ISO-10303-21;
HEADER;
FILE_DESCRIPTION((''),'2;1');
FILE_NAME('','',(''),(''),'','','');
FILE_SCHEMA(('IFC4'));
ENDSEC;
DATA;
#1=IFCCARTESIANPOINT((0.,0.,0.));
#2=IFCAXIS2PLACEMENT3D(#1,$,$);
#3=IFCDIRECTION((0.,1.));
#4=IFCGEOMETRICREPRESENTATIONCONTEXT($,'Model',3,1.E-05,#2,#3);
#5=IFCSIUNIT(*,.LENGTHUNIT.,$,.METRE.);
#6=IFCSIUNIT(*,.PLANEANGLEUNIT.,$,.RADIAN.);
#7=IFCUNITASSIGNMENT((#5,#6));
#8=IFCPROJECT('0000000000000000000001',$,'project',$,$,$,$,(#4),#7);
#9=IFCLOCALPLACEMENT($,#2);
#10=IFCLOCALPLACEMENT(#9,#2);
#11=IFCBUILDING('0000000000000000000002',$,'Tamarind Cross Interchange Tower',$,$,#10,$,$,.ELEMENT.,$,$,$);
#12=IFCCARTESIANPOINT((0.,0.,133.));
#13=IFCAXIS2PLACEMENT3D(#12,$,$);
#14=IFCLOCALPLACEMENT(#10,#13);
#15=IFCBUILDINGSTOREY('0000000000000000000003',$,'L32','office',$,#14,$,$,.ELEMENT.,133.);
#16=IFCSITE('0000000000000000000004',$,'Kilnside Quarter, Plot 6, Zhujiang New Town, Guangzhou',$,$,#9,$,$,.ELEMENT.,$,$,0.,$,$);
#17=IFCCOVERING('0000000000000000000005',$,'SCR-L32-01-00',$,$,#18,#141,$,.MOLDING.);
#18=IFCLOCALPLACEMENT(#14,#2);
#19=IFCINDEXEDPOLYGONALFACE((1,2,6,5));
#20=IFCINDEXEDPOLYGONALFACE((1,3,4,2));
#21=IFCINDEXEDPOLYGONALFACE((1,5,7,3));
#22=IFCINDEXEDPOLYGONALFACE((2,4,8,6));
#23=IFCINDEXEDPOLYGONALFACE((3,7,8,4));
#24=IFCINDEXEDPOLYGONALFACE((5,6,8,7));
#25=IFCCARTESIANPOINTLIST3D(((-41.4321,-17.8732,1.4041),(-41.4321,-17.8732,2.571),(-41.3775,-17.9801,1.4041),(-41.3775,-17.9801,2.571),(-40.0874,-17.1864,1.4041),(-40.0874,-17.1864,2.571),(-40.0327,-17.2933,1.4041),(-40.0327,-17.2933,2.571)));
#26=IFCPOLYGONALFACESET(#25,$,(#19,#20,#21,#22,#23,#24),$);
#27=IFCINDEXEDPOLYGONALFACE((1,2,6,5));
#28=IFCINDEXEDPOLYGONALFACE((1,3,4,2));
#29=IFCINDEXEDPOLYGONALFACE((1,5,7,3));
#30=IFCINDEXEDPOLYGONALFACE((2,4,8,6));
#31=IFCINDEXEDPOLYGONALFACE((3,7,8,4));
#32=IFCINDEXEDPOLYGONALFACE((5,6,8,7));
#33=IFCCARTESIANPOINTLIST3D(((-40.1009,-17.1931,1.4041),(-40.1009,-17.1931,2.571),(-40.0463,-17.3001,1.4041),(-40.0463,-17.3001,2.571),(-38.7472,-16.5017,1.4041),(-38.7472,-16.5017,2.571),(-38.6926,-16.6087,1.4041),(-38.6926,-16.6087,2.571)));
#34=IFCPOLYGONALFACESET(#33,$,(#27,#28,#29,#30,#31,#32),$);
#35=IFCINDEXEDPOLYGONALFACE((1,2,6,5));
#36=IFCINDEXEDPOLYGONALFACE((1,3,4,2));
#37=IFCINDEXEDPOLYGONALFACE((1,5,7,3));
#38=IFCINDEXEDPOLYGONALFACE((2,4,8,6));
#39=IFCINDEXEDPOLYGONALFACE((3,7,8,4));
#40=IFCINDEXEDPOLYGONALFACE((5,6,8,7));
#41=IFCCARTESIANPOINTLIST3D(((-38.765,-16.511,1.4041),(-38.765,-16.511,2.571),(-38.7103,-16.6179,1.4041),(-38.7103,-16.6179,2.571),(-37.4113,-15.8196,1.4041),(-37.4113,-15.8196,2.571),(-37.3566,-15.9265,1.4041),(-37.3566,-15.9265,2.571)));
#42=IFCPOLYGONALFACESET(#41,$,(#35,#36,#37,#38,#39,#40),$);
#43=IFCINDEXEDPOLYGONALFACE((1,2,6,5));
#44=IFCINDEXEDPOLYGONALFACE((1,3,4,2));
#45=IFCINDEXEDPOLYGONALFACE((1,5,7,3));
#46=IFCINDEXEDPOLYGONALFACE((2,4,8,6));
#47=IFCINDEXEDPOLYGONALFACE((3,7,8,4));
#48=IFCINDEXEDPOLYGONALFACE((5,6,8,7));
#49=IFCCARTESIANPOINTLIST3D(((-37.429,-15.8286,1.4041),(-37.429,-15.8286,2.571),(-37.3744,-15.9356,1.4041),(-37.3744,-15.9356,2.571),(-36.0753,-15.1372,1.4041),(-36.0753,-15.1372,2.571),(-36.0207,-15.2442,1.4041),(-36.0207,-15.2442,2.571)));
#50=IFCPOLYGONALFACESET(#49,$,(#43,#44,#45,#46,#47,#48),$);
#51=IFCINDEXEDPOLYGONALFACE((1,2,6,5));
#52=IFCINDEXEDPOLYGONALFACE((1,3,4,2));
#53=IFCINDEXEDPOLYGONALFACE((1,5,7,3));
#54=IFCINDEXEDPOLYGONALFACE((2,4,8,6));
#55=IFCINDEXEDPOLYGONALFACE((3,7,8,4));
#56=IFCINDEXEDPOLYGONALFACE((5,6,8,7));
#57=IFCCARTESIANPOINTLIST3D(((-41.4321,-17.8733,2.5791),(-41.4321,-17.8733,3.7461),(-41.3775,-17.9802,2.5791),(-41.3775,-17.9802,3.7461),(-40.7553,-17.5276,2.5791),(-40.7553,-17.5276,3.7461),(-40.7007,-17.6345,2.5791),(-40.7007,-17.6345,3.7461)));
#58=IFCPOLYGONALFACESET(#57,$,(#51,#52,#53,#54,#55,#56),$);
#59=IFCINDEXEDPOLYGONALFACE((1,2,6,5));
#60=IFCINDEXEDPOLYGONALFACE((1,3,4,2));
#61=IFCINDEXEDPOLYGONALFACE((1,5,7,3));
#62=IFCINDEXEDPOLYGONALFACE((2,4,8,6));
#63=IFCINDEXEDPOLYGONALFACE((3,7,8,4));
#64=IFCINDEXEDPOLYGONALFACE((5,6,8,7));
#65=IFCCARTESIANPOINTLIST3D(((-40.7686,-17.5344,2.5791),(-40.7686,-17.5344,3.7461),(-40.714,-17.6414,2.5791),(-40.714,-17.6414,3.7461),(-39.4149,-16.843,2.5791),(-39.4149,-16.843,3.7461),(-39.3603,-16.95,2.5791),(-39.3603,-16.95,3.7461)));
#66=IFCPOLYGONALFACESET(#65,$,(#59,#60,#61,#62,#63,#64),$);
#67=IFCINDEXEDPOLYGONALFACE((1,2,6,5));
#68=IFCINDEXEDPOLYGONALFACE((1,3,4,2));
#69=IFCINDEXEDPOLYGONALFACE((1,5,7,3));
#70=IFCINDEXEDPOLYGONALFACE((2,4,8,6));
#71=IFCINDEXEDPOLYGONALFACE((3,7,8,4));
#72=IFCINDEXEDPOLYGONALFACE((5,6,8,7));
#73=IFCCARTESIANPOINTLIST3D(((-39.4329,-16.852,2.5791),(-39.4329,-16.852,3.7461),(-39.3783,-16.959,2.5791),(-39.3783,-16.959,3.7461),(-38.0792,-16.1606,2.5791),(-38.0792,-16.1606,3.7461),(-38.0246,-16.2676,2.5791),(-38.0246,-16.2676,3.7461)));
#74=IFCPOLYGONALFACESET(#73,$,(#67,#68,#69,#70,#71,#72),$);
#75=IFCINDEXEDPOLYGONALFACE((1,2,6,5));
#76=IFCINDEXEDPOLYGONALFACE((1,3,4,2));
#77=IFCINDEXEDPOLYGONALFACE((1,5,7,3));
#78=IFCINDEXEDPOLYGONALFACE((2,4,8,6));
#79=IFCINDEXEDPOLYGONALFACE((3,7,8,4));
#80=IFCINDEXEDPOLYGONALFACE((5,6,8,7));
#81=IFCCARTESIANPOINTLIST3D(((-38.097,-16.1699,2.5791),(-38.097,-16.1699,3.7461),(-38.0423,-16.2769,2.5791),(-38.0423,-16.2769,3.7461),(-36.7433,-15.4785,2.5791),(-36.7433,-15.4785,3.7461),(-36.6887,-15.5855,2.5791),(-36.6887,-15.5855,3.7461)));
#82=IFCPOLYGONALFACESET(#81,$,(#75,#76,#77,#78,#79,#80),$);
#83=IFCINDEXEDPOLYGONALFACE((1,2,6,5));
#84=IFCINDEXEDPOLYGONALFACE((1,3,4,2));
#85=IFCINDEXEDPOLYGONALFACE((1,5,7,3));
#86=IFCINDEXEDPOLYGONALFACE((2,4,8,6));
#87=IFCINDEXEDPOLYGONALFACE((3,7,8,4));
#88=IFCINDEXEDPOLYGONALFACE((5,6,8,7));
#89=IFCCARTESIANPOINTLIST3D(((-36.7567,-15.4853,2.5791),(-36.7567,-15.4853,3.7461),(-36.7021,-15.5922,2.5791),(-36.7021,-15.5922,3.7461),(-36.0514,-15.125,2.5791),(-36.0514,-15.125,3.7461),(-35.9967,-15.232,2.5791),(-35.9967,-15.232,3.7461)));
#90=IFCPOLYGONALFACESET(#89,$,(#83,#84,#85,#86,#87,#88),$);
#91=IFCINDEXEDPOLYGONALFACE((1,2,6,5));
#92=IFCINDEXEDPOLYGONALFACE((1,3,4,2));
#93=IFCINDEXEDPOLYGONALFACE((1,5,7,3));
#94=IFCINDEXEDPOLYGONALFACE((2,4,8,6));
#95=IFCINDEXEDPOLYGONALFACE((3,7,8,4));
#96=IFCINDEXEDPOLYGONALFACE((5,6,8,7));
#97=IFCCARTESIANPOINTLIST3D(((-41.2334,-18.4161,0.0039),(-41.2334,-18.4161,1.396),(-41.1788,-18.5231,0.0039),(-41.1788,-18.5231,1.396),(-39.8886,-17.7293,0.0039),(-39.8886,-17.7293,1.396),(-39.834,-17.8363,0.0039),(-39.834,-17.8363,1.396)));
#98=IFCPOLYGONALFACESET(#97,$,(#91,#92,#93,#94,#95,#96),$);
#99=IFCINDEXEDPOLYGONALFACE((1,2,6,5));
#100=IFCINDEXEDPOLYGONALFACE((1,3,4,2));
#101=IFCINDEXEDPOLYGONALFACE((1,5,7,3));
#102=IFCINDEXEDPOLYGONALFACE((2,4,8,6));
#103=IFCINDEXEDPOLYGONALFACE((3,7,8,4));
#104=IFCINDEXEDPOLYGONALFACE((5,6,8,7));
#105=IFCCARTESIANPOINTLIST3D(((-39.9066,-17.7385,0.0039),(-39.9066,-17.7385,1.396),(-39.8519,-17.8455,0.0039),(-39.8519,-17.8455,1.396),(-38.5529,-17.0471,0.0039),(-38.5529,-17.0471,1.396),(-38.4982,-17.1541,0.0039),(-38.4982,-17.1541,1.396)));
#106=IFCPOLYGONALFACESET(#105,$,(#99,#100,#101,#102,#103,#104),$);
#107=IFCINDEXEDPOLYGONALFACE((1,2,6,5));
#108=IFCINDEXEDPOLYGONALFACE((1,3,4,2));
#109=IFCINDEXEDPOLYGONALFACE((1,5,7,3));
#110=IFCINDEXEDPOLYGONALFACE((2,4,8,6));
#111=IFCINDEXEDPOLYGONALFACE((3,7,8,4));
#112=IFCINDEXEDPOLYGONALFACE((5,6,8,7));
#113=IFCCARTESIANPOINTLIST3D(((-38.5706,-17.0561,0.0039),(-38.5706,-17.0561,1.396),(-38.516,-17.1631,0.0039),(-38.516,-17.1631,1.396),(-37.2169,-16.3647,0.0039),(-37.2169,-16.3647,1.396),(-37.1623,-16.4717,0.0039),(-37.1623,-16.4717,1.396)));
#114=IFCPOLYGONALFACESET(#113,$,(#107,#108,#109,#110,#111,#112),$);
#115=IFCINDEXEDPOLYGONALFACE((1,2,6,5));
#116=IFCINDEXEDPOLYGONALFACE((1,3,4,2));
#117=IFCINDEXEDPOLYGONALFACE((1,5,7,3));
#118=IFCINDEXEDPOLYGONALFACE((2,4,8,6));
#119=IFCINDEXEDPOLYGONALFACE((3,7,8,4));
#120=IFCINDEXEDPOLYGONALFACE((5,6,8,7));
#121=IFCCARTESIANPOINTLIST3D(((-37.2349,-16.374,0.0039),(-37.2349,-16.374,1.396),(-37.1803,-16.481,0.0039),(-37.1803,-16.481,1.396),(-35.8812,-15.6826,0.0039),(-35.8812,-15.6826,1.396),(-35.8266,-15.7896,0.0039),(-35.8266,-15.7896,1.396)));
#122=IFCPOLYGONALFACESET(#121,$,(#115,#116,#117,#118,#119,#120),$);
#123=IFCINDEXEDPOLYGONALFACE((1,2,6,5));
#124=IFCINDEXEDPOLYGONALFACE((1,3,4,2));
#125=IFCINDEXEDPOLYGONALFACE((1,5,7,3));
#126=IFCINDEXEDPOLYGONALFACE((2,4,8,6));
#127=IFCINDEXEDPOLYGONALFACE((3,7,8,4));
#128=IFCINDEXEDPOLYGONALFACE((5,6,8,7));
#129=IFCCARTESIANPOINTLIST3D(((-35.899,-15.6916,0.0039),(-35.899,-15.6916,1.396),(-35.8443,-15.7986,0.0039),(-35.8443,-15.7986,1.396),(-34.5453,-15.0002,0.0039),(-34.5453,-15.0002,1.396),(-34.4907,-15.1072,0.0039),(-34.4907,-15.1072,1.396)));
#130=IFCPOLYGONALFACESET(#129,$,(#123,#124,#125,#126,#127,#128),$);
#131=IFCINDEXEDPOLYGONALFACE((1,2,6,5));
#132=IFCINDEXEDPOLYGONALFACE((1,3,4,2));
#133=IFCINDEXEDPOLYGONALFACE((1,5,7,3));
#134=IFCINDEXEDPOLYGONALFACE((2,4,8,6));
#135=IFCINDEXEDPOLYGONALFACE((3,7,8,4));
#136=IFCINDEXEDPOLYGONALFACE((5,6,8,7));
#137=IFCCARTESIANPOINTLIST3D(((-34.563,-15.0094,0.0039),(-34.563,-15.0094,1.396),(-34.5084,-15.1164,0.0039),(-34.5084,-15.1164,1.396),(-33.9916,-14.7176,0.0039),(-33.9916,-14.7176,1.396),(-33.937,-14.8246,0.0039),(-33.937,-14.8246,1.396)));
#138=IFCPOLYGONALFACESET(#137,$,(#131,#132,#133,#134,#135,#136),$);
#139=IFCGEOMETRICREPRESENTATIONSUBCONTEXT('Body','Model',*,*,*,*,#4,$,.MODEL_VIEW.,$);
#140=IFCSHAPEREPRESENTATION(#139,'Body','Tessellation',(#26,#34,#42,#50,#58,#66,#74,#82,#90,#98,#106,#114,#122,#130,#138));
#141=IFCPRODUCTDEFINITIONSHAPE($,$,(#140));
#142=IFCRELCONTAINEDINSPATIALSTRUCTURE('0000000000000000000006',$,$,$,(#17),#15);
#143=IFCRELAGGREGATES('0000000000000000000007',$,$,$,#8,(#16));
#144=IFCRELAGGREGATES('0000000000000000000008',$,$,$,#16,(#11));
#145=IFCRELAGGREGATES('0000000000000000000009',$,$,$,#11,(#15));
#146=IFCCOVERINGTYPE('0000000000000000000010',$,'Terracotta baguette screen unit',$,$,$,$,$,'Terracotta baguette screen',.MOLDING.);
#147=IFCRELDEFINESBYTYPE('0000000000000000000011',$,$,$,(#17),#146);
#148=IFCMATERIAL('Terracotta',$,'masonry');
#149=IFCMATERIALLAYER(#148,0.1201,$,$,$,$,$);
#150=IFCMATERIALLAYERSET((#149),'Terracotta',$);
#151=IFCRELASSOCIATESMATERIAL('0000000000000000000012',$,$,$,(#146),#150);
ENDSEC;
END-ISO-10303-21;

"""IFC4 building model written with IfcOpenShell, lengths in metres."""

from ifc_helpers import new_model, si_unit, direction, frame, origin, origin_2d, place, context, subcontext, project, spatial, rectangle, extrude, material, layer, layer_set, type_object, element, save


model = new_model("IFC4")

# Units and contexts
model_context = context("Model", 3, precision=1e-05, world=origin(), true_north=direction((0.0, 1.0)))
body_context = subcontext(model_context, "Body", "Model", "MODEL_VIEW")
ifc_project = project(units=[si_unit("LENGTHUNIT", "METRE"), si_unit("PLANEANGLEUNIT", "RADIAN")], contexts=[model_context])

# Site, building, storey
site_placement = place(None, origin())
site = spatial("IfcSite", under=ifc_project, at=site_placement, Name="Kilnside Quarter, Plot 6, Zhujiang New Town, Guangzhou", CompositionType="ELEMENT", RefElevation=0.0)
building_placement = place(site_placement, origin())
building = spatial("IfcBuilding", under=site, at=building_placement, Name="Tamarind Cross Interchange Tower", CompositionType="ELEMENT")
storey_placement = place(building_placement, frame((0.0, 0.0, 133.0)))
storey = spatial("IfcBuildingStorey", under=building, at=storey_placement, Name="L32", Description="office", CompositionType="ELEMENT", Elevation=133.0)

# Covering
ifc_material_1 = material(Name="Terracotta", Category="masonry")
ifc_layer_1 = layer(ifc_material_1, 0.1201)
ifc_layer_set_1 = layer_set([ifc_layer_1], Name="Terracotta")
covering_type = type_object("IfcCoveringType", Name="Terracotta baguette screen unit", ElementType="Terracotta baguette screen", PredefinedType="MOLDING", material=ifc_layer_set_1)
covering_1_placement = place(storey_placement, origin())
element("IfcCovering", 1, at=covering_1_placement, inside=storey, type_object=covering_type, Name="SCR-L32-01-00", PredefinedType="MOLDING", context=body_context, shape_type="SweptSolid", body=[
    extrude(rectangle(XDim=1.51, YDim=0.1201, at=origin_2d()), frame((-40.7324, -17.5833, 1.4041), z_axis=(0.0, 0.0, 1.0), x_axis=(0.89057, 0.454847, 0.0)), (0.0, 0.0, 1.0), 1.167),
    extrude(rectangle(XDim=1.52, YDim=0.1201, at=origin_2d()), frame((-39.3967, -16.9009, 1.4041), z_axis=(0.0, 0.0, 1.0), x_axis=(0.89057, 0.454847, 0.0)), (0.0, 0.0, 1.0), 1.167),
    extrude(rectangle(XDim=1.52, YDim=0.1201, at=origin_2d()), frame((-38.0608, -16.2188, 1.4041), z_axis=(0.0, 0.0, 1.0), x_axis=(0.89057, 0.454847, 0.0)), (0.0, 0.0, 1.0), 1.167),
    extrude(rectangle(XDim=1.52, YDim=0.1201, at=origin_2d()), frame((-36.7249, -15.5364, 1.4041), z_axis=(0.0, 0.0, 1.0), x_axis=(0.89057, 0.454847, 0.0)), (0.0, 0.0, 1.0), 1.167),
    extrude(rectangle(XDim=0.76, YDim=0.1201, at=origin_2d()), frame((-41.0664, -17.7539, 2.5791), z_axis=(0.0, 0.0, 1.0), x_axis=(0.89057, 0.454847, 0.0)), (0.0, 0.0, 1.0), 1.167),
    extrude(rectangle(XDim=1.52, YDim=0.1201, at=origin_2d()), frame((-40.0645, -17.2422, 2.5791), z_axis=(0.0, 0.0, 1.0), x_axis=(0.89057, 0.454847, 0.0)), (0.0, 0.0, 1.0), 1.167),
    extrude(rectangle(XDim=1.52, YDim=0.1201, at=origin_2d()), frame((-38.7288, -16.5598, 2.5791), z_axis=(0.0, 0.0, 1.0), x_axis=(0.89057, 0.454847, 0.0)), (0.0, 0.0, 1.0), 1.167),
    extrude(rectangle(XDim=1.52, YDim=0.1201, at=origin_2d()), frame((-37.3928, -15.8777, 2.5791), z_axis=(0.0, 0.0, 1.0), x_axis=(0.89057, 0.454847, 0.0)), (0.0, 0.0, 1.0), 1.167),
    extrude(rectangle(XDim=0.792, YDim=0.1201, at=origin_2d()), frame((-36.3767, -15.3586, 2.5791), z_axis=(0.0, 0.0, 1.0), x_axis=(0.89057, 0.454847, 0.0)), (0.0, 0.0, 1.0), 1.167),
    extrude(rectangle(XDim=1.51, YDim=0.1201, at=origin_2d()), frame((-40.5337, -18.1262, 0.0039), z_axis=(0.0, 0.0, 1.0), x_axis=(0.89057, 0.454847, 0.0)), (0.0, 0.0, 1.0), 1.3921),
    extrude(rectangle(XDim=1.52, YDim=0.1201, at=origin_2d()), frame((-39.2024, -17.4463, 0.0039), z_axis=(0.0, 0.0, 1.0), x_axis=(0.89057, 0.454847, 0.0)), (0.0, 0.0, 1.0), 1.3921),
    extrude(rectangle(XDim=1.52, YDim=0.1201, at=origin_2d()), frame((-37.8665, -16.7639, 0.0039), z_axis=(0.0, 0.0, 1.0), x_axis=(0.89057, 0.454847, 0.0)), (0.0, 0.0, 1.0), 1.3921),
    extrude(rectangle(XDim=1.52, YDim=0.1201, at=origin_2d()), frame((-36.5308, -16.0818, 0.0039), z_axis=(0.0, 0.0, 1.0), x_axis=(0.89057, 0.454847, 0.0)), (0.0, 0.0, 1.0), 1.3921),
    extrude(rectangle(XDim=1.52, YDim=0.1201, at=origin_2d()), frame((-35.1948, -15.3994, 0.0039), z_axis=(0.0, 0.0, 1.0), x_axis=(0.89057, 0.454847, 0.0)), (0.0, 0.0, 1.0), 1.3921),
    extrude(rectangle(XDim=0.6416, YDim=0.1201, at=origin_2d()), frame((-34.25, -14.917, 0.0039), z_axis=(0.0, 0.0, 1.0), x_axis=(0.89057, 0.454847, 0.0)), (0.0, 0.0, 1.0), 1.3921),
])

save(model, "model.ifc")
